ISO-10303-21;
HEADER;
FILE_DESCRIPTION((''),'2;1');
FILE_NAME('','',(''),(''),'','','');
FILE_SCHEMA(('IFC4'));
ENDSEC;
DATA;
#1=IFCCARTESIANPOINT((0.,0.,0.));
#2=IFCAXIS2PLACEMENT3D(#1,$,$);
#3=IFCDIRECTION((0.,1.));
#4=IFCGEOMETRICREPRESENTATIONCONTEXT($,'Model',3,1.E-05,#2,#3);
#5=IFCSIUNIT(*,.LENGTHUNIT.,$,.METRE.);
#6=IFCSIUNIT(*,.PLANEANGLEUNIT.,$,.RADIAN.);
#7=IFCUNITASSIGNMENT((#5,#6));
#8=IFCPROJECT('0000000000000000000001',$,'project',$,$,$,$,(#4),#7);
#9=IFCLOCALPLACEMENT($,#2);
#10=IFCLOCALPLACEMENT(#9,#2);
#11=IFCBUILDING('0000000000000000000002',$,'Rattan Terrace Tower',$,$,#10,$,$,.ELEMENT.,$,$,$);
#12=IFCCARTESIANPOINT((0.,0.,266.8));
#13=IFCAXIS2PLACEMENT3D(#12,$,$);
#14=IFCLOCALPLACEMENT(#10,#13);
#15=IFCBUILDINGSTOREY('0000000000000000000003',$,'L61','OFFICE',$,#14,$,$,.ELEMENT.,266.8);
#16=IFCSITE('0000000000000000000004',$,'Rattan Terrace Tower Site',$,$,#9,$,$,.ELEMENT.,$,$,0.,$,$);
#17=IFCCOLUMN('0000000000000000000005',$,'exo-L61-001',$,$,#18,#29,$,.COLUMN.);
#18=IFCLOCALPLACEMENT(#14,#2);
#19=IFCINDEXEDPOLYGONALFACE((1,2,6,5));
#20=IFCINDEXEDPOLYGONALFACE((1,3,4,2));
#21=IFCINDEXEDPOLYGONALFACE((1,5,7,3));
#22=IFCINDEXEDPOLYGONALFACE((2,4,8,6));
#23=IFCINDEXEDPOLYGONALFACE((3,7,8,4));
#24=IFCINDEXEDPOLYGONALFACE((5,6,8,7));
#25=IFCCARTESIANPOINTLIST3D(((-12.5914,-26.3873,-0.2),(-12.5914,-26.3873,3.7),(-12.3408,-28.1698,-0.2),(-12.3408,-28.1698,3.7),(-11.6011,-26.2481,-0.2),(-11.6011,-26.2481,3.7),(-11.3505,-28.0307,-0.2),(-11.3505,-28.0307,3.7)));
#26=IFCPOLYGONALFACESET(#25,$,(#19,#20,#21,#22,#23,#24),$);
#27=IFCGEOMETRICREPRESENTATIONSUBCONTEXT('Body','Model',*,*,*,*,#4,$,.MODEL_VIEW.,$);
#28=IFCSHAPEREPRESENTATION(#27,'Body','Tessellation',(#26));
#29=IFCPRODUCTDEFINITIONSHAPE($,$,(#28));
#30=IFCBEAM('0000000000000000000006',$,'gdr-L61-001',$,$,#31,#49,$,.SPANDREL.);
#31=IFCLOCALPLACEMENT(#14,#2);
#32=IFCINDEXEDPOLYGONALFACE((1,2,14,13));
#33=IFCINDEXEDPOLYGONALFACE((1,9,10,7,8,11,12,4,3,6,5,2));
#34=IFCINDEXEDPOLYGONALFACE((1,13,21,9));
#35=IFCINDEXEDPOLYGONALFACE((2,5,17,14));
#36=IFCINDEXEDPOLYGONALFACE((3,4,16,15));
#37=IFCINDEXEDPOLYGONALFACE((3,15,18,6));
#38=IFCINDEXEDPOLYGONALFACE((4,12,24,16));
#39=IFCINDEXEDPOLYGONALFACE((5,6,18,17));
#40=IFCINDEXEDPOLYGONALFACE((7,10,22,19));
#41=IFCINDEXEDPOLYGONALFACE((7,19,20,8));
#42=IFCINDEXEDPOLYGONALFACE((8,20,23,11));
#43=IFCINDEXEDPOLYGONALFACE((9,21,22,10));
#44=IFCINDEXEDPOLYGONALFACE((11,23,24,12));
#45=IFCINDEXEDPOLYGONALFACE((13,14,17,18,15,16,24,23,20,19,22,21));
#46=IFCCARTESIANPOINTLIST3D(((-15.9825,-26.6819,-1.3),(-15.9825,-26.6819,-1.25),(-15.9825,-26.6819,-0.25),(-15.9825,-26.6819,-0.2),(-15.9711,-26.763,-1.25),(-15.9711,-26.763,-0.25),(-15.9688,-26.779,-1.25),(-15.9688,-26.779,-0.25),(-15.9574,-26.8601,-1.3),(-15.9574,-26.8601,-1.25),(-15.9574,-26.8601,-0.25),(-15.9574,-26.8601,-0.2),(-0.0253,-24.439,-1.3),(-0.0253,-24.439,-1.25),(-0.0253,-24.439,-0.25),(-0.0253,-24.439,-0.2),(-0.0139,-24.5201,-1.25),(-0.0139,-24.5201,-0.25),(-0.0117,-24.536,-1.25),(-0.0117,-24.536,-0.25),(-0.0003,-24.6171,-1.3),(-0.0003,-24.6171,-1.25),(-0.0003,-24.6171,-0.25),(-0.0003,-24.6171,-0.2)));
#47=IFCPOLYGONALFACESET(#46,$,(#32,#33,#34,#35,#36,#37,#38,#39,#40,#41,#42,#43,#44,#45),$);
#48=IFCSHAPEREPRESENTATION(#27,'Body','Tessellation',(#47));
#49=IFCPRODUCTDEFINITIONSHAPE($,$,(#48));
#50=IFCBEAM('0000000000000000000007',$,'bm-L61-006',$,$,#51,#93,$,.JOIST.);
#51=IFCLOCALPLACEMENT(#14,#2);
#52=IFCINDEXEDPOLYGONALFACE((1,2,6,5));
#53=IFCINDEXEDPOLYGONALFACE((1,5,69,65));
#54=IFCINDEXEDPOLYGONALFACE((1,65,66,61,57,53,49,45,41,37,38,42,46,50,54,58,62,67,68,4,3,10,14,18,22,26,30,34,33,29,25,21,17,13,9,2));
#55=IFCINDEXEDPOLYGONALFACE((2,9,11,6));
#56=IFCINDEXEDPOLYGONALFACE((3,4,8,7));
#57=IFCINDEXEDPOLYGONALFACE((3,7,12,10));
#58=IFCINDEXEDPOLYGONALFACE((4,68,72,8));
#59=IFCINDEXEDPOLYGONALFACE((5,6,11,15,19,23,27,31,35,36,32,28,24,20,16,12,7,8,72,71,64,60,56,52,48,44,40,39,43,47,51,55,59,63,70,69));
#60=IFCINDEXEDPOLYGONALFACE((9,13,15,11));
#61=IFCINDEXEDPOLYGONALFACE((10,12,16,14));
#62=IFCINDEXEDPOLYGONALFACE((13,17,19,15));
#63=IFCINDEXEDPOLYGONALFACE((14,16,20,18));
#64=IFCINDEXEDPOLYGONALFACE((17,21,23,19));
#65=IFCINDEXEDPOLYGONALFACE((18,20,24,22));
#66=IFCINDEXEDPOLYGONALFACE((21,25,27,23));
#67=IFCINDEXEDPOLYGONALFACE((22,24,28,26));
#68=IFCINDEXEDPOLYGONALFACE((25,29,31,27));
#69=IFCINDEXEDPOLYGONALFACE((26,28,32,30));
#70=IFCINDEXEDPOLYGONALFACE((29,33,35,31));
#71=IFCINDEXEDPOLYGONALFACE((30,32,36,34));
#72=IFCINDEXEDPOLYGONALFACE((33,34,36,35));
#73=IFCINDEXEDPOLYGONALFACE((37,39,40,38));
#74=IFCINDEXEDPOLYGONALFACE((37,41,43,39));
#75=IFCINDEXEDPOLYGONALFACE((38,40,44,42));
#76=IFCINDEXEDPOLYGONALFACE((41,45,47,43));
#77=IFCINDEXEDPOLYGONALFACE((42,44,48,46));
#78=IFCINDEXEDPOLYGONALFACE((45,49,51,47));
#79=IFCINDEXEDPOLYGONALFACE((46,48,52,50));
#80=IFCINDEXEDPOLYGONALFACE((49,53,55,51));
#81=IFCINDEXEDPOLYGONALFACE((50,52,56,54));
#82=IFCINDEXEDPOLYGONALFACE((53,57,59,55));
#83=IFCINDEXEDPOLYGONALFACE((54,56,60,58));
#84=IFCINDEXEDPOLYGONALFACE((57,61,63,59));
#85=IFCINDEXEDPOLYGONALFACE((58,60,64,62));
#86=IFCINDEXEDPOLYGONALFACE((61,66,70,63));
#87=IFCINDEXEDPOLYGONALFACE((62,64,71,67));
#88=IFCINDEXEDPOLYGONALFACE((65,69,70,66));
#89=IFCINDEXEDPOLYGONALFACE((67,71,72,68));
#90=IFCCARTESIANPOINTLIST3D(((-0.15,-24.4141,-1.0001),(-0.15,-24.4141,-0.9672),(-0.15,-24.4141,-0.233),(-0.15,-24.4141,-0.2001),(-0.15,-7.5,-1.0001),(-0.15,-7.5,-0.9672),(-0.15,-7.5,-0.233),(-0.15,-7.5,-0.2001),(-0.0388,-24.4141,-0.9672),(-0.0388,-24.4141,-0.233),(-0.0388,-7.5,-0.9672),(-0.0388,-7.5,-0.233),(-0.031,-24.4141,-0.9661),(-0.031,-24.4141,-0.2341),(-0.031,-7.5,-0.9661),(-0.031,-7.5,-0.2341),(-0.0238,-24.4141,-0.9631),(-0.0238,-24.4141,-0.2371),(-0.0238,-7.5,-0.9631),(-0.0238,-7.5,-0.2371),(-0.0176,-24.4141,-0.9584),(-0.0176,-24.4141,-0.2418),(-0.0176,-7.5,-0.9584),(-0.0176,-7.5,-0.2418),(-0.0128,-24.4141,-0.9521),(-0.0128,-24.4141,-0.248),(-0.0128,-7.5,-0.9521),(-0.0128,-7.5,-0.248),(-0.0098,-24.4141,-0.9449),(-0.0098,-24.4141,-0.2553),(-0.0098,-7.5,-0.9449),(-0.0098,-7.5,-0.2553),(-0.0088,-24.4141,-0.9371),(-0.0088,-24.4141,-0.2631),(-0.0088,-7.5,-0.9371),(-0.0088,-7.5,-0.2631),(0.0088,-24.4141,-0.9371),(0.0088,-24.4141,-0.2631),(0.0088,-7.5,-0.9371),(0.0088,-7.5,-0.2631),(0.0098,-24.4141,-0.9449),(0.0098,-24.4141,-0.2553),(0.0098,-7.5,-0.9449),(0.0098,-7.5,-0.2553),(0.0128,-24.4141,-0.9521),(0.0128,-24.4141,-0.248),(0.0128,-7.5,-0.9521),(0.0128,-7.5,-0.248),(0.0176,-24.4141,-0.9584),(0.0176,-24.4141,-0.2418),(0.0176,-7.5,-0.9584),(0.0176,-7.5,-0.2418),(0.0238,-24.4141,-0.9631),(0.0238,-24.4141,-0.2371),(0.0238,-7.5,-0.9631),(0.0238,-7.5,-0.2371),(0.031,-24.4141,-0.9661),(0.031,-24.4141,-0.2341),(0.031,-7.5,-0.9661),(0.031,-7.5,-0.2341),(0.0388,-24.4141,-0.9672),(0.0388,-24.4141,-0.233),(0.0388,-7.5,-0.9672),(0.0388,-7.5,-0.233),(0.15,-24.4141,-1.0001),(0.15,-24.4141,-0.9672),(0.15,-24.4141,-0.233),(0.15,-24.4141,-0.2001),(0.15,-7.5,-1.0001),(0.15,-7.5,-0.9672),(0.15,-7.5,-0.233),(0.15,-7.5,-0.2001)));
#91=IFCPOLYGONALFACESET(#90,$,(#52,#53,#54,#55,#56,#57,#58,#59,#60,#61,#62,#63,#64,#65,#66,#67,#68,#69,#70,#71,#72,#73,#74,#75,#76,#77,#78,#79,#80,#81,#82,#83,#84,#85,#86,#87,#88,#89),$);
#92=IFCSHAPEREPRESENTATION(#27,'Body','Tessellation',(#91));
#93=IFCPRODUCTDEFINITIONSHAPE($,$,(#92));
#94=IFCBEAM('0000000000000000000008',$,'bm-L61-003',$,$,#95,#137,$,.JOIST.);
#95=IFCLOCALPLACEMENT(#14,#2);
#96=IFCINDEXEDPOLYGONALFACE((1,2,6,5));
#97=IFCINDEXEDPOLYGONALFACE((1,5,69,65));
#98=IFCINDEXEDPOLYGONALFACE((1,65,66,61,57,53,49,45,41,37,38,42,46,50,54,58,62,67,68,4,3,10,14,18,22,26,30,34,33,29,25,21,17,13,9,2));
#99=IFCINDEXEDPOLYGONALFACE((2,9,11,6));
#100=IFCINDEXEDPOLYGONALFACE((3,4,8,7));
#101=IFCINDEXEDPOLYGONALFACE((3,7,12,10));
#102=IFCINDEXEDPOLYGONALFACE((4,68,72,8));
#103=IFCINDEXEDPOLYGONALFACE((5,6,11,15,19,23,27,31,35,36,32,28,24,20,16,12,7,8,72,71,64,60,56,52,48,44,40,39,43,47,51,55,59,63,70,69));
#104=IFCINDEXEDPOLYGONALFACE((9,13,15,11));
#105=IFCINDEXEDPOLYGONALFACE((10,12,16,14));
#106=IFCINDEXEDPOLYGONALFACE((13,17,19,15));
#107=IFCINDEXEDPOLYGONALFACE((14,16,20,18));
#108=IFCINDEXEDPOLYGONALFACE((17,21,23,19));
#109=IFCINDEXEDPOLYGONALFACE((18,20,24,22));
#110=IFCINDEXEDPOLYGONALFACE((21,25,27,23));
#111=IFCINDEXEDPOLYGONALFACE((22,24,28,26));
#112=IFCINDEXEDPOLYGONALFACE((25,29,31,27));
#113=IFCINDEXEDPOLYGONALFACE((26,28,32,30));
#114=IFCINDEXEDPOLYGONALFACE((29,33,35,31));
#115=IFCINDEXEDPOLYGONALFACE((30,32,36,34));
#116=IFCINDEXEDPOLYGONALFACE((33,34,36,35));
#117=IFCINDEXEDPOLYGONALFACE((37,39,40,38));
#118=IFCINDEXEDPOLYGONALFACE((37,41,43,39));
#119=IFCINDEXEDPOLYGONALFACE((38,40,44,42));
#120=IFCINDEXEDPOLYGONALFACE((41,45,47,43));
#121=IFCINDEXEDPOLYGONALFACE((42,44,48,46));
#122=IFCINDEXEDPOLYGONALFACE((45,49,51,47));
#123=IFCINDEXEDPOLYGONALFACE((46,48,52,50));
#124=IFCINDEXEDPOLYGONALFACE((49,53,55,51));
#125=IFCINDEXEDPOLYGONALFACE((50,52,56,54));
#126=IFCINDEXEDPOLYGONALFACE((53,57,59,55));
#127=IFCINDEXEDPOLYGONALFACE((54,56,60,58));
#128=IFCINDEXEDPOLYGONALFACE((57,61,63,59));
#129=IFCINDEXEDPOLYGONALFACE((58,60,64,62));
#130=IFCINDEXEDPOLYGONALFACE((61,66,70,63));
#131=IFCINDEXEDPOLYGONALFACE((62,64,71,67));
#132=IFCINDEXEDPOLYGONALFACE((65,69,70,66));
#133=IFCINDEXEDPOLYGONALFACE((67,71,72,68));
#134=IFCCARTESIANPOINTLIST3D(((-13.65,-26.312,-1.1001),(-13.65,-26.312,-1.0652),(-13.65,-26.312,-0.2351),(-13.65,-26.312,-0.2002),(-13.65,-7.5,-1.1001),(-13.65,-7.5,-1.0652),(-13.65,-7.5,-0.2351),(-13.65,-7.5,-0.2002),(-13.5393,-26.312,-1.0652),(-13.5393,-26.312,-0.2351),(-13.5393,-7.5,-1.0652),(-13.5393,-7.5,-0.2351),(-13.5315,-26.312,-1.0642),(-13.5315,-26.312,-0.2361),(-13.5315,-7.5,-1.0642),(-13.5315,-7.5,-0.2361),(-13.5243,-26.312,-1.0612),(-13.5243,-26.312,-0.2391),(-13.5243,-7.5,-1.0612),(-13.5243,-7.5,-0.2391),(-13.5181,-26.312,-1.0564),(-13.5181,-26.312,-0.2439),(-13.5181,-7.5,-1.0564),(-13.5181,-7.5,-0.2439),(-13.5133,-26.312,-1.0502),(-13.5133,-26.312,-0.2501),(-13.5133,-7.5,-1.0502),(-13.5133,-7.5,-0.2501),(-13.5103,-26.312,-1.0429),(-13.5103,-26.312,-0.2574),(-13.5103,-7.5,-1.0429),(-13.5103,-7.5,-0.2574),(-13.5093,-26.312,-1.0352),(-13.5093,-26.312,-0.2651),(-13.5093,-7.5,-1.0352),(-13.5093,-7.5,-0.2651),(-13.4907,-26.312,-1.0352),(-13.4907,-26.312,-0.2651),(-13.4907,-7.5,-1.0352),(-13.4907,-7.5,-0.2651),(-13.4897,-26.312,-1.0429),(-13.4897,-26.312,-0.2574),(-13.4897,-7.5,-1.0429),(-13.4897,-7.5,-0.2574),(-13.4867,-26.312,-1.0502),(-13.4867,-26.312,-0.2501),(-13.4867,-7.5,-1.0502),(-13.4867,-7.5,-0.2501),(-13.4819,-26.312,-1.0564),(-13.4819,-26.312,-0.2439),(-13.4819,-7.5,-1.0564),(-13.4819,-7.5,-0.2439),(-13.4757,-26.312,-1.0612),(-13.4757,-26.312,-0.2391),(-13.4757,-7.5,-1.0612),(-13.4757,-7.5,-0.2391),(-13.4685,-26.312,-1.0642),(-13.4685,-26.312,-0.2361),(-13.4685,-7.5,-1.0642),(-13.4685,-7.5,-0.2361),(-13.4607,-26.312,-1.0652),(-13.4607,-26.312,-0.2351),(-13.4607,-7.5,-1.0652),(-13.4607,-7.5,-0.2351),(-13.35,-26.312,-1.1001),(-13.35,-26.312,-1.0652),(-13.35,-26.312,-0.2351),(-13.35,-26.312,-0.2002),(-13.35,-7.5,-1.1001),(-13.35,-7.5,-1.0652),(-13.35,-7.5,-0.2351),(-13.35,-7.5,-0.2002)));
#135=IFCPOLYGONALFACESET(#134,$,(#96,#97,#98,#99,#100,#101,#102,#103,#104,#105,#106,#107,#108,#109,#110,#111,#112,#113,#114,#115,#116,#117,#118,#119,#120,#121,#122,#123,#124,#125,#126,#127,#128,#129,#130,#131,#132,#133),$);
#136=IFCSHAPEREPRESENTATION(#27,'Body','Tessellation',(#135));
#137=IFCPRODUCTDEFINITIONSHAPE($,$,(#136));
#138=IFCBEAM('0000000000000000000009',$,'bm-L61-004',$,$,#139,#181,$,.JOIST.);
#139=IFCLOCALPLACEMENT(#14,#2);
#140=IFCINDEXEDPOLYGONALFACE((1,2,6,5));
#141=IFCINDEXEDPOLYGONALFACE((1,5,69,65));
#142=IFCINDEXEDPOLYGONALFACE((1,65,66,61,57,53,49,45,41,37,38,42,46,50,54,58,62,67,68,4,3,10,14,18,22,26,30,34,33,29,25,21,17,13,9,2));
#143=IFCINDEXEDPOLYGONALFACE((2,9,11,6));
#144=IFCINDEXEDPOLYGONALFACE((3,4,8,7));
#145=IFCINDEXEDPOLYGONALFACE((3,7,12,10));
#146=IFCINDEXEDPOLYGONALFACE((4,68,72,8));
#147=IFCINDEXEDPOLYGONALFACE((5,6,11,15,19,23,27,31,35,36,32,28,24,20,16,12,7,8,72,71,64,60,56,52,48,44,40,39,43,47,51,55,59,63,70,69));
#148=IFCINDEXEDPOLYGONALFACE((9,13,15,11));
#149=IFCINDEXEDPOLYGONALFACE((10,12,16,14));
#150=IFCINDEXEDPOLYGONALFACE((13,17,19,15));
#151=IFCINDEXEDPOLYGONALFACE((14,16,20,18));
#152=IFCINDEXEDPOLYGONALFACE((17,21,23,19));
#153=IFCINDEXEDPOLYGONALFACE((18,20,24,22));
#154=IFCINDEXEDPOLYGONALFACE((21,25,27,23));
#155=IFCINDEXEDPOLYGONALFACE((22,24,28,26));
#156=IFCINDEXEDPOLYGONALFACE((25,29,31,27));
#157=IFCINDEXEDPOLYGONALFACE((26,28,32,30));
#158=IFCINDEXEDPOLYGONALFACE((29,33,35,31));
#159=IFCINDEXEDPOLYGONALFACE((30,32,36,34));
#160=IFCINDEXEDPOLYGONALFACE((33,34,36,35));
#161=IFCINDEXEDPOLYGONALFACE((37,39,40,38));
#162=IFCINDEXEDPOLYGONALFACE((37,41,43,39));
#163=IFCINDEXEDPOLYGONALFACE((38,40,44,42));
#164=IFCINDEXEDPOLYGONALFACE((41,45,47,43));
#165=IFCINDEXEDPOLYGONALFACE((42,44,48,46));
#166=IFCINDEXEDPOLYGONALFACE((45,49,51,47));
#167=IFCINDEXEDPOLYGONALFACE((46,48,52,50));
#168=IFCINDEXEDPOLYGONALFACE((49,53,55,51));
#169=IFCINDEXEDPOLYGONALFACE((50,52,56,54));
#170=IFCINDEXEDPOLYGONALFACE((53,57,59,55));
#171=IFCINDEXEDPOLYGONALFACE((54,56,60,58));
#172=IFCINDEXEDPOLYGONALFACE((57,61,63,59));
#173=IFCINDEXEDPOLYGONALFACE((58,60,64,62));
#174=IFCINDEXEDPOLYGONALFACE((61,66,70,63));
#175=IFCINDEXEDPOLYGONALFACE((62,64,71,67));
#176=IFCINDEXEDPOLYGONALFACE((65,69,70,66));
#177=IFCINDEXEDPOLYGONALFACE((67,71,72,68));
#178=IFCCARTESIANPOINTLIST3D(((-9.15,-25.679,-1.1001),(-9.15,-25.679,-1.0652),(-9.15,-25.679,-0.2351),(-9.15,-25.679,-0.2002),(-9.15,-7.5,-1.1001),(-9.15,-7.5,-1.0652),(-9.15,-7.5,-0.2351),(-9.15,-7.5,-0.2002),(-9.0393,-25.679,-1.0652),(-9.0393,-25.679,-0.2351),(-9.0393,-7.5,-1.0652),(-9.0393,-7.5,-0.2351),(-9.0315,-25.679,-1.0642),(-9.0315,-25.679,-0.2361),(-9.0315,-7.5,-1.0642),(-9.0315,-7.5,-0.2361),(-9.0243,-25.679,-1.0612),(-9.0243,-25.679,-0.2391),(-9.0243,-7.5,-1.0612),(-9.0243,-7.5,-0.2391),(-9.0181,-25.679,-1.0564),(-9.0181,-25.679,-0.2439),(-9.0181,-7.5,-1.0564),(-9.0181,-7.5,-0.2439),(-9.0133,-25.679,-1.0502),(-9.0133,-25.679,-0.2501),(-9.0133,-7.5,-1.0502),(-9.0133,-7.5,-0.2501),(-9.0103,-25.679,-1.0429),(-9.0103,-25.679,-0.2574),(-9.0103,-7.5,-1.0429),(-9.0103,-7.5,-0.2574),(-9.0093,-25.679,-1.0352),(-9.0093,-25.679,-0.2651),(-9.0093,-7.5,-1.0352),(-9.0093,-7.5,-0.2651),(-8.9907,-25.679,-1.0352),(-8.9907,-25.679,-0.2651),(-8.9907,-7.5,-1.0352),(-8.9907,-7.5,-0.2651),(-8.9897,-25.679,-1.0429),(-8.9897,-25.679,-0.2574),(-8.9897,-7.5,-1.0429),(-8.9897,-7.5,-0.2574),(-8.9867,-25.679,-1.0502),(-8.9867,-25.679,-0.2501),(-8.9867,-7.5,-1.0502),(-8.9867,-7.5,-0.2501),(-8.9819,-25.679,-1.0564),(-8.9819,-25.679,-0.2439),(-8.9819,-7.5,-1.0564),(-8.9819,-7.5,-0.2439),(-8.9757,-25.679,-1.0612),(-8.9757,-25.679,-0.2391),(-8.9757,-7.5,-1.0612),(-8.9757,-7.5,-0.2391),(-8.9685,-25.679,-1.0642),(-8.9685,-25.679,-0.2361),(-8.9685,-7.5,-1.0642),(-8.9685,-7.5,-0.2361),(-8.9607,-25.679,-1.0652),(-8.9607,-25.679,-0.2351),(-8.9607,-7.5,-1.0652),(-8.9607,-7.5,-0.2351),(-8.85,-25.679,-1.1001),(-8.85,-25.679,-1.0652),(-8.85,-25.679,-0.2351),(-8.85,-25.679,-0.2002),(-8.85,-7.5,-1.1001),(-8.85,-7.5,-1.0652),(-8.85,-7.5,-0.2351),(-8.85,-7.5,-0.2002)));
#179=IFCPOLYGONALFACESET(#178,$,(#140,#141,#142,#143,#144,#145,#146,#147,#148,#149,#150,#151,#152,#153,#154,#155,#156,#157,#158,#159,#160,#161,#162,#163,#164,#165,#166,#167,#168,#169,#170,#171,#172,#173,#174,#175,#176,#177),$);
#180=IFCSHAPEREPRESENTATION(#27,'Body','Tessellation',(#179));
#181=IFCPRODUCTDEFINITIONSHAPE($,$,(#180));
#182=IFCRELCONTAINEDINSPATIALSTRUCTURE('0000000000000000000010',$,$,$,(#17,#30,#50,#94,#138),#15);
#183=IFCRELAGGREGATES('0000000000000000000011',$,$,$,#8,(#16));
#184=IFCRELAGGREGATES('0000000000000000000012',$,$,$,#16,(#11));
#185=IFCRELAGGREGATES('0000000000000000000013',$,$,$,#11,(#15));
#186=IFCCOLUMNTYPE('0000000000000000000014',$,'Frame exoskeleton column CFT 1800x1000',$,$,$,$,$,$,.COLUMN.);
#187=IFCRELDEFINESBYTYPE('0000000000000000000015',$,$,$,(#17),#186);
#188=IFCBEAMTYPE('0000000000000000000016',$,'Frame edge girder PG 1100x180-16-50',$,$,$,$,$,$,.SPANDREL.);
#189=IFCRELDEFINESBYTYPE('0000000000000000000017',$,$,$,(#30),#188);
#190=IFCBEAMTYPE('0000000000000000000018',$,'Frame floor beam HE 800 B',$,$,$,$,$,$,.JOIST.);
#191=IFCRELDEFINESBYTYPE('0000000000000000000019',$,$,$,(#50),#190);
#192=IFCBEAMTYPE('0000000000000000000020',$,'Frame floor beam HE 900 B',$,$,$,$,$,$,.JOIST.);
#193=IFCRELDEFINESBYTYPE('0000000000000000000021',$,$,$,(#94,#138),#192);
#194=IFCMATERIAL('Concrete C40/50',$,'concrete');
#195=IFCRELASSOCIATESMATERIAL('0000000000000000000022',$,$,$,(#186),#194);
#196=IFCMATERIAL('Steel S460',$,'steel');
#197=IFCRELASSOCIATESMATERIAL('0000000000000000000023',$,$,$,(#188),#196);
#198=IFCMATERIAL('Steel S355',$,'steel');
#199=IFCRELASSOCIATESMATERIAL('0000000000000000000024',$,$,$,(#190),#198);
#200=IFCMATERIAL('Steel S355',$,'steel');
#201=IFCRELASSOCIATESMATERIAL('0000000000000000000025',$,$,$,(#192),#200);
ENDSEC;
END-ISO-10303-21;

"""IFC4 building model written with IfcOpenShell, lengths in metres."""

from ifc_helpers import new_model, si_unit, direction, frame, origin, origin_2d, place, context, subcontext, project, spatial, rectangle, i_section, extrude, material, material_profile, profile_set, type_object, element, save


model = new_model("IFC4")

# Units and contexts
model_context = context("Model", 3, precision=1e-05, world=origin(), true_north=direction((0.0, 1.0)))
body_context = subcontext(model_context, "Body", "Model", "MODEL_VIEW")
ifc_project = project(units=[si_unit("LENGTHUNIT", "METRE"), si_unit("PLANEANGLEUNIT", "RADIAN")], contexts=[model_context])

# Site, building, storey
site_placement = place(None, origin())
site = spatial("IfcSite", under=ifc_project, at=site_placement, Name="Rattan Terrace Tower Site", CompositionType="ELEMENT", RefElevation=0.0)
building_placement = place(site_placement, origin())
building = spatial("IfcBuilding", under=site, at=building_placement, Name="Rattan Terrace Tower", CompositionType="ELEMENT")
storey_placement = place(building_placement, frame((0.0, 0.0, 266.8)))
storey = spatial("IfcBuildingStorey", under=building, at=storey_placement, Name="L61", Description="OFFICE", CompositionType="ELEMENT", Elevation=266.8)

# Column
ifc_material_1 = material(Name="Concrete C40/50", Category="concrete")
ifc_material_profile_1 = material_profile(ifc_material_1, rectangle(XDim=1.0, YDim=1.8, at=origin_2d()), Name="CFT 1800x1000")
ifc_profile_set_1 = profile_set([ifc_material_profile_1], Name="Concrete C40/50")
column_type = type_object("IfcColumnType", Name="Frame exoskeleton column CFT 1800x1000", PredefinedType="COLUMN", material=ifc_profile_set_1)
column_placement = place(storey_placement, frame((-11.9709, -27.209, -0.2), z_axis=(0.0, 0.0, 1.0), x_axis=(0.990266, 0.13919, 0.0)))
element("IfcColumn", 1, at=column_placement, inside=storey, type_object=column_type, Name="exo-L61-001", PredefinedType="COLUMN", context=body_context, shape_type="SweptSolid", body=[
    extrude(rectangle(XDim=1.0, YDim=1.8, at=origin_2d()), origin(), (0.0, 0.0, 1.0), 3.8999),
])

# Beams
ifc_material_2 = material(Name="Steel S460", Category="steel")
ifc_material_profile_2 = material_profile(ifc_material_2, i_section(OverallWidth=0.1799, OverallDepth=1.1001, WebThickness=0.0161, FlangeThickness=0.05, at=origin_2d()), Name="PG 1100x180-16-50")
ifc_profile_set_2 = profile_set([ifc_material_profile_2], Name="Steel S460")
beam_type_1 = type_object("IfcBeamType", Name="Frame edge girder PG 1100x180-16-50", PredefinedType="SPANDREL", material=ifc_profile_set_2)
beam_1_placement = place(storey_placement, frame((-15.97, -26.771, -0.75), z_axis=(0.990265, 0.139192, 0.0), x_axis=(-0.139192, 0.990265, 0.0)))
element("IfcBeam", 2, at=beam_1_placement, inside=storey, type_object=beam_type_1, Name="gdr-L61-001", PredefinedType="SPANDREL", context=body_context, shape_type="SweptSolid", body=[
    extrude(i_section(OverallWidth=0.1799, OverallDepth=1.1001, WebThickness=0.0161, FlangeThickness=0.05, at=origin_2d()), origin(), (0.0, 0.0, 1.0), 16.114),
])
ifc_material_3 = material(Name="Steel S355", Category="steel")
ifc_material_profile_3 = material_profile(ifc_material_3, i_section(OverallWidth=0.3, OverallDepth=0.8, WebThickness=0.0176, FlangeThickness=0.033, FilletRadius=0.03, at=origin_2d()), Name="HE 800 B")
ifc_profile_set_3 = profile_set([ifc_material_profile_3], Name="Steel S355")
beam_type_2 = type_object("IfcBeamType", Name="Frame floor beam HE 800 B", PredefinedType="JOIST", material=ifc_profile_set_3)
beam_2_placement = place(storey_placement, frame((0.0, -24.4141, -0.6001), z_axis=(0.0, 1.0, 0.0), x_axis=(-1.0, 0.0, 0.0)))
element("IfcBeam", 3, at=beam_2_placement, inside=storey, type_object=beam_type_2, Name="bm-L61-006", PredefinedType="JOIST", context=body_context, shape_type="SweptSolid", body=[
    extrude(i_section(OverallWidth=0.3, OverallDepth=0.8, WebThickness=0.0176, FlangeThickness=0.033, FilletRadius=0.03, at=origin_2d()), origin(), (0.0, 0.0, 1.0), 16.9141),
])
ifc_material_4 = material(Name="Steel S355", Category="steel")
ifc_material_profile_4 = material_profile(ifc_material_4, i_section(OverallWidth=0.3, OverallDepth=0.8999, WebThickness=0.0186, FlangeThickness=0.0349, FilletRadius=0.03, at=origin_2d()), Name="HE 900 B")
ifc_profile_set_4 = profile_set([ifc_material_profile_4], Name="Steel S355")
beam_type_3 = type_object("IfcBeamType", Name="Frame floor beam HE 900 B", PredefinedType="JOIST", material=ifc_profile_set_4)
beam_3_placement = place(storey_placement, frame((-13.5, -26.312, -0.6501), z_axis=(0.0, 1.0, 0.0), x_axis=(-1.0, 0.0, 0.0)))
element("IfcBeam", 4, at=beam_3_placement, inside=storey, type_object=beam_type_3, Name="bm-L61-003", PredefinedType="JOIST", context=body_context, shape_type="SweptSolid", body=[
    extrude(i_section(OverallWidth=0.3, OverallDepth=0.8999, WebThickness=0.0186, FlangeThickness=0.0349, FilletRadius=0.03, at=origin_2d()), origin(), (0.0, 0.0, 1.0), 18.812),
])
beam_4_placement = place(storey_placement, frame((-9.0, -25.679, -0.6501), z_axis=(0.0, 1.0, 0.0), x_axis=(-1.0, 0.0, 0.0)))
element("IfcBeam", 5, at=beam_4_placement, inside=storey, type_object=beam_type_3, Name="bm-L61-004", PredefinedType="JOIST", context=body_context, shape_type="SweptSolid", body=[
    extrude(i_section(OverallWidth=0.3, OverallDepth=0.8999, WebThickness=0.0186, FlangeThickness=0.0349, FilletRadius=0.03, at=origin_2d()), origin(), (0.0, 0.0, 1.0), 18.179),
])

save(model, "model.ifc")
